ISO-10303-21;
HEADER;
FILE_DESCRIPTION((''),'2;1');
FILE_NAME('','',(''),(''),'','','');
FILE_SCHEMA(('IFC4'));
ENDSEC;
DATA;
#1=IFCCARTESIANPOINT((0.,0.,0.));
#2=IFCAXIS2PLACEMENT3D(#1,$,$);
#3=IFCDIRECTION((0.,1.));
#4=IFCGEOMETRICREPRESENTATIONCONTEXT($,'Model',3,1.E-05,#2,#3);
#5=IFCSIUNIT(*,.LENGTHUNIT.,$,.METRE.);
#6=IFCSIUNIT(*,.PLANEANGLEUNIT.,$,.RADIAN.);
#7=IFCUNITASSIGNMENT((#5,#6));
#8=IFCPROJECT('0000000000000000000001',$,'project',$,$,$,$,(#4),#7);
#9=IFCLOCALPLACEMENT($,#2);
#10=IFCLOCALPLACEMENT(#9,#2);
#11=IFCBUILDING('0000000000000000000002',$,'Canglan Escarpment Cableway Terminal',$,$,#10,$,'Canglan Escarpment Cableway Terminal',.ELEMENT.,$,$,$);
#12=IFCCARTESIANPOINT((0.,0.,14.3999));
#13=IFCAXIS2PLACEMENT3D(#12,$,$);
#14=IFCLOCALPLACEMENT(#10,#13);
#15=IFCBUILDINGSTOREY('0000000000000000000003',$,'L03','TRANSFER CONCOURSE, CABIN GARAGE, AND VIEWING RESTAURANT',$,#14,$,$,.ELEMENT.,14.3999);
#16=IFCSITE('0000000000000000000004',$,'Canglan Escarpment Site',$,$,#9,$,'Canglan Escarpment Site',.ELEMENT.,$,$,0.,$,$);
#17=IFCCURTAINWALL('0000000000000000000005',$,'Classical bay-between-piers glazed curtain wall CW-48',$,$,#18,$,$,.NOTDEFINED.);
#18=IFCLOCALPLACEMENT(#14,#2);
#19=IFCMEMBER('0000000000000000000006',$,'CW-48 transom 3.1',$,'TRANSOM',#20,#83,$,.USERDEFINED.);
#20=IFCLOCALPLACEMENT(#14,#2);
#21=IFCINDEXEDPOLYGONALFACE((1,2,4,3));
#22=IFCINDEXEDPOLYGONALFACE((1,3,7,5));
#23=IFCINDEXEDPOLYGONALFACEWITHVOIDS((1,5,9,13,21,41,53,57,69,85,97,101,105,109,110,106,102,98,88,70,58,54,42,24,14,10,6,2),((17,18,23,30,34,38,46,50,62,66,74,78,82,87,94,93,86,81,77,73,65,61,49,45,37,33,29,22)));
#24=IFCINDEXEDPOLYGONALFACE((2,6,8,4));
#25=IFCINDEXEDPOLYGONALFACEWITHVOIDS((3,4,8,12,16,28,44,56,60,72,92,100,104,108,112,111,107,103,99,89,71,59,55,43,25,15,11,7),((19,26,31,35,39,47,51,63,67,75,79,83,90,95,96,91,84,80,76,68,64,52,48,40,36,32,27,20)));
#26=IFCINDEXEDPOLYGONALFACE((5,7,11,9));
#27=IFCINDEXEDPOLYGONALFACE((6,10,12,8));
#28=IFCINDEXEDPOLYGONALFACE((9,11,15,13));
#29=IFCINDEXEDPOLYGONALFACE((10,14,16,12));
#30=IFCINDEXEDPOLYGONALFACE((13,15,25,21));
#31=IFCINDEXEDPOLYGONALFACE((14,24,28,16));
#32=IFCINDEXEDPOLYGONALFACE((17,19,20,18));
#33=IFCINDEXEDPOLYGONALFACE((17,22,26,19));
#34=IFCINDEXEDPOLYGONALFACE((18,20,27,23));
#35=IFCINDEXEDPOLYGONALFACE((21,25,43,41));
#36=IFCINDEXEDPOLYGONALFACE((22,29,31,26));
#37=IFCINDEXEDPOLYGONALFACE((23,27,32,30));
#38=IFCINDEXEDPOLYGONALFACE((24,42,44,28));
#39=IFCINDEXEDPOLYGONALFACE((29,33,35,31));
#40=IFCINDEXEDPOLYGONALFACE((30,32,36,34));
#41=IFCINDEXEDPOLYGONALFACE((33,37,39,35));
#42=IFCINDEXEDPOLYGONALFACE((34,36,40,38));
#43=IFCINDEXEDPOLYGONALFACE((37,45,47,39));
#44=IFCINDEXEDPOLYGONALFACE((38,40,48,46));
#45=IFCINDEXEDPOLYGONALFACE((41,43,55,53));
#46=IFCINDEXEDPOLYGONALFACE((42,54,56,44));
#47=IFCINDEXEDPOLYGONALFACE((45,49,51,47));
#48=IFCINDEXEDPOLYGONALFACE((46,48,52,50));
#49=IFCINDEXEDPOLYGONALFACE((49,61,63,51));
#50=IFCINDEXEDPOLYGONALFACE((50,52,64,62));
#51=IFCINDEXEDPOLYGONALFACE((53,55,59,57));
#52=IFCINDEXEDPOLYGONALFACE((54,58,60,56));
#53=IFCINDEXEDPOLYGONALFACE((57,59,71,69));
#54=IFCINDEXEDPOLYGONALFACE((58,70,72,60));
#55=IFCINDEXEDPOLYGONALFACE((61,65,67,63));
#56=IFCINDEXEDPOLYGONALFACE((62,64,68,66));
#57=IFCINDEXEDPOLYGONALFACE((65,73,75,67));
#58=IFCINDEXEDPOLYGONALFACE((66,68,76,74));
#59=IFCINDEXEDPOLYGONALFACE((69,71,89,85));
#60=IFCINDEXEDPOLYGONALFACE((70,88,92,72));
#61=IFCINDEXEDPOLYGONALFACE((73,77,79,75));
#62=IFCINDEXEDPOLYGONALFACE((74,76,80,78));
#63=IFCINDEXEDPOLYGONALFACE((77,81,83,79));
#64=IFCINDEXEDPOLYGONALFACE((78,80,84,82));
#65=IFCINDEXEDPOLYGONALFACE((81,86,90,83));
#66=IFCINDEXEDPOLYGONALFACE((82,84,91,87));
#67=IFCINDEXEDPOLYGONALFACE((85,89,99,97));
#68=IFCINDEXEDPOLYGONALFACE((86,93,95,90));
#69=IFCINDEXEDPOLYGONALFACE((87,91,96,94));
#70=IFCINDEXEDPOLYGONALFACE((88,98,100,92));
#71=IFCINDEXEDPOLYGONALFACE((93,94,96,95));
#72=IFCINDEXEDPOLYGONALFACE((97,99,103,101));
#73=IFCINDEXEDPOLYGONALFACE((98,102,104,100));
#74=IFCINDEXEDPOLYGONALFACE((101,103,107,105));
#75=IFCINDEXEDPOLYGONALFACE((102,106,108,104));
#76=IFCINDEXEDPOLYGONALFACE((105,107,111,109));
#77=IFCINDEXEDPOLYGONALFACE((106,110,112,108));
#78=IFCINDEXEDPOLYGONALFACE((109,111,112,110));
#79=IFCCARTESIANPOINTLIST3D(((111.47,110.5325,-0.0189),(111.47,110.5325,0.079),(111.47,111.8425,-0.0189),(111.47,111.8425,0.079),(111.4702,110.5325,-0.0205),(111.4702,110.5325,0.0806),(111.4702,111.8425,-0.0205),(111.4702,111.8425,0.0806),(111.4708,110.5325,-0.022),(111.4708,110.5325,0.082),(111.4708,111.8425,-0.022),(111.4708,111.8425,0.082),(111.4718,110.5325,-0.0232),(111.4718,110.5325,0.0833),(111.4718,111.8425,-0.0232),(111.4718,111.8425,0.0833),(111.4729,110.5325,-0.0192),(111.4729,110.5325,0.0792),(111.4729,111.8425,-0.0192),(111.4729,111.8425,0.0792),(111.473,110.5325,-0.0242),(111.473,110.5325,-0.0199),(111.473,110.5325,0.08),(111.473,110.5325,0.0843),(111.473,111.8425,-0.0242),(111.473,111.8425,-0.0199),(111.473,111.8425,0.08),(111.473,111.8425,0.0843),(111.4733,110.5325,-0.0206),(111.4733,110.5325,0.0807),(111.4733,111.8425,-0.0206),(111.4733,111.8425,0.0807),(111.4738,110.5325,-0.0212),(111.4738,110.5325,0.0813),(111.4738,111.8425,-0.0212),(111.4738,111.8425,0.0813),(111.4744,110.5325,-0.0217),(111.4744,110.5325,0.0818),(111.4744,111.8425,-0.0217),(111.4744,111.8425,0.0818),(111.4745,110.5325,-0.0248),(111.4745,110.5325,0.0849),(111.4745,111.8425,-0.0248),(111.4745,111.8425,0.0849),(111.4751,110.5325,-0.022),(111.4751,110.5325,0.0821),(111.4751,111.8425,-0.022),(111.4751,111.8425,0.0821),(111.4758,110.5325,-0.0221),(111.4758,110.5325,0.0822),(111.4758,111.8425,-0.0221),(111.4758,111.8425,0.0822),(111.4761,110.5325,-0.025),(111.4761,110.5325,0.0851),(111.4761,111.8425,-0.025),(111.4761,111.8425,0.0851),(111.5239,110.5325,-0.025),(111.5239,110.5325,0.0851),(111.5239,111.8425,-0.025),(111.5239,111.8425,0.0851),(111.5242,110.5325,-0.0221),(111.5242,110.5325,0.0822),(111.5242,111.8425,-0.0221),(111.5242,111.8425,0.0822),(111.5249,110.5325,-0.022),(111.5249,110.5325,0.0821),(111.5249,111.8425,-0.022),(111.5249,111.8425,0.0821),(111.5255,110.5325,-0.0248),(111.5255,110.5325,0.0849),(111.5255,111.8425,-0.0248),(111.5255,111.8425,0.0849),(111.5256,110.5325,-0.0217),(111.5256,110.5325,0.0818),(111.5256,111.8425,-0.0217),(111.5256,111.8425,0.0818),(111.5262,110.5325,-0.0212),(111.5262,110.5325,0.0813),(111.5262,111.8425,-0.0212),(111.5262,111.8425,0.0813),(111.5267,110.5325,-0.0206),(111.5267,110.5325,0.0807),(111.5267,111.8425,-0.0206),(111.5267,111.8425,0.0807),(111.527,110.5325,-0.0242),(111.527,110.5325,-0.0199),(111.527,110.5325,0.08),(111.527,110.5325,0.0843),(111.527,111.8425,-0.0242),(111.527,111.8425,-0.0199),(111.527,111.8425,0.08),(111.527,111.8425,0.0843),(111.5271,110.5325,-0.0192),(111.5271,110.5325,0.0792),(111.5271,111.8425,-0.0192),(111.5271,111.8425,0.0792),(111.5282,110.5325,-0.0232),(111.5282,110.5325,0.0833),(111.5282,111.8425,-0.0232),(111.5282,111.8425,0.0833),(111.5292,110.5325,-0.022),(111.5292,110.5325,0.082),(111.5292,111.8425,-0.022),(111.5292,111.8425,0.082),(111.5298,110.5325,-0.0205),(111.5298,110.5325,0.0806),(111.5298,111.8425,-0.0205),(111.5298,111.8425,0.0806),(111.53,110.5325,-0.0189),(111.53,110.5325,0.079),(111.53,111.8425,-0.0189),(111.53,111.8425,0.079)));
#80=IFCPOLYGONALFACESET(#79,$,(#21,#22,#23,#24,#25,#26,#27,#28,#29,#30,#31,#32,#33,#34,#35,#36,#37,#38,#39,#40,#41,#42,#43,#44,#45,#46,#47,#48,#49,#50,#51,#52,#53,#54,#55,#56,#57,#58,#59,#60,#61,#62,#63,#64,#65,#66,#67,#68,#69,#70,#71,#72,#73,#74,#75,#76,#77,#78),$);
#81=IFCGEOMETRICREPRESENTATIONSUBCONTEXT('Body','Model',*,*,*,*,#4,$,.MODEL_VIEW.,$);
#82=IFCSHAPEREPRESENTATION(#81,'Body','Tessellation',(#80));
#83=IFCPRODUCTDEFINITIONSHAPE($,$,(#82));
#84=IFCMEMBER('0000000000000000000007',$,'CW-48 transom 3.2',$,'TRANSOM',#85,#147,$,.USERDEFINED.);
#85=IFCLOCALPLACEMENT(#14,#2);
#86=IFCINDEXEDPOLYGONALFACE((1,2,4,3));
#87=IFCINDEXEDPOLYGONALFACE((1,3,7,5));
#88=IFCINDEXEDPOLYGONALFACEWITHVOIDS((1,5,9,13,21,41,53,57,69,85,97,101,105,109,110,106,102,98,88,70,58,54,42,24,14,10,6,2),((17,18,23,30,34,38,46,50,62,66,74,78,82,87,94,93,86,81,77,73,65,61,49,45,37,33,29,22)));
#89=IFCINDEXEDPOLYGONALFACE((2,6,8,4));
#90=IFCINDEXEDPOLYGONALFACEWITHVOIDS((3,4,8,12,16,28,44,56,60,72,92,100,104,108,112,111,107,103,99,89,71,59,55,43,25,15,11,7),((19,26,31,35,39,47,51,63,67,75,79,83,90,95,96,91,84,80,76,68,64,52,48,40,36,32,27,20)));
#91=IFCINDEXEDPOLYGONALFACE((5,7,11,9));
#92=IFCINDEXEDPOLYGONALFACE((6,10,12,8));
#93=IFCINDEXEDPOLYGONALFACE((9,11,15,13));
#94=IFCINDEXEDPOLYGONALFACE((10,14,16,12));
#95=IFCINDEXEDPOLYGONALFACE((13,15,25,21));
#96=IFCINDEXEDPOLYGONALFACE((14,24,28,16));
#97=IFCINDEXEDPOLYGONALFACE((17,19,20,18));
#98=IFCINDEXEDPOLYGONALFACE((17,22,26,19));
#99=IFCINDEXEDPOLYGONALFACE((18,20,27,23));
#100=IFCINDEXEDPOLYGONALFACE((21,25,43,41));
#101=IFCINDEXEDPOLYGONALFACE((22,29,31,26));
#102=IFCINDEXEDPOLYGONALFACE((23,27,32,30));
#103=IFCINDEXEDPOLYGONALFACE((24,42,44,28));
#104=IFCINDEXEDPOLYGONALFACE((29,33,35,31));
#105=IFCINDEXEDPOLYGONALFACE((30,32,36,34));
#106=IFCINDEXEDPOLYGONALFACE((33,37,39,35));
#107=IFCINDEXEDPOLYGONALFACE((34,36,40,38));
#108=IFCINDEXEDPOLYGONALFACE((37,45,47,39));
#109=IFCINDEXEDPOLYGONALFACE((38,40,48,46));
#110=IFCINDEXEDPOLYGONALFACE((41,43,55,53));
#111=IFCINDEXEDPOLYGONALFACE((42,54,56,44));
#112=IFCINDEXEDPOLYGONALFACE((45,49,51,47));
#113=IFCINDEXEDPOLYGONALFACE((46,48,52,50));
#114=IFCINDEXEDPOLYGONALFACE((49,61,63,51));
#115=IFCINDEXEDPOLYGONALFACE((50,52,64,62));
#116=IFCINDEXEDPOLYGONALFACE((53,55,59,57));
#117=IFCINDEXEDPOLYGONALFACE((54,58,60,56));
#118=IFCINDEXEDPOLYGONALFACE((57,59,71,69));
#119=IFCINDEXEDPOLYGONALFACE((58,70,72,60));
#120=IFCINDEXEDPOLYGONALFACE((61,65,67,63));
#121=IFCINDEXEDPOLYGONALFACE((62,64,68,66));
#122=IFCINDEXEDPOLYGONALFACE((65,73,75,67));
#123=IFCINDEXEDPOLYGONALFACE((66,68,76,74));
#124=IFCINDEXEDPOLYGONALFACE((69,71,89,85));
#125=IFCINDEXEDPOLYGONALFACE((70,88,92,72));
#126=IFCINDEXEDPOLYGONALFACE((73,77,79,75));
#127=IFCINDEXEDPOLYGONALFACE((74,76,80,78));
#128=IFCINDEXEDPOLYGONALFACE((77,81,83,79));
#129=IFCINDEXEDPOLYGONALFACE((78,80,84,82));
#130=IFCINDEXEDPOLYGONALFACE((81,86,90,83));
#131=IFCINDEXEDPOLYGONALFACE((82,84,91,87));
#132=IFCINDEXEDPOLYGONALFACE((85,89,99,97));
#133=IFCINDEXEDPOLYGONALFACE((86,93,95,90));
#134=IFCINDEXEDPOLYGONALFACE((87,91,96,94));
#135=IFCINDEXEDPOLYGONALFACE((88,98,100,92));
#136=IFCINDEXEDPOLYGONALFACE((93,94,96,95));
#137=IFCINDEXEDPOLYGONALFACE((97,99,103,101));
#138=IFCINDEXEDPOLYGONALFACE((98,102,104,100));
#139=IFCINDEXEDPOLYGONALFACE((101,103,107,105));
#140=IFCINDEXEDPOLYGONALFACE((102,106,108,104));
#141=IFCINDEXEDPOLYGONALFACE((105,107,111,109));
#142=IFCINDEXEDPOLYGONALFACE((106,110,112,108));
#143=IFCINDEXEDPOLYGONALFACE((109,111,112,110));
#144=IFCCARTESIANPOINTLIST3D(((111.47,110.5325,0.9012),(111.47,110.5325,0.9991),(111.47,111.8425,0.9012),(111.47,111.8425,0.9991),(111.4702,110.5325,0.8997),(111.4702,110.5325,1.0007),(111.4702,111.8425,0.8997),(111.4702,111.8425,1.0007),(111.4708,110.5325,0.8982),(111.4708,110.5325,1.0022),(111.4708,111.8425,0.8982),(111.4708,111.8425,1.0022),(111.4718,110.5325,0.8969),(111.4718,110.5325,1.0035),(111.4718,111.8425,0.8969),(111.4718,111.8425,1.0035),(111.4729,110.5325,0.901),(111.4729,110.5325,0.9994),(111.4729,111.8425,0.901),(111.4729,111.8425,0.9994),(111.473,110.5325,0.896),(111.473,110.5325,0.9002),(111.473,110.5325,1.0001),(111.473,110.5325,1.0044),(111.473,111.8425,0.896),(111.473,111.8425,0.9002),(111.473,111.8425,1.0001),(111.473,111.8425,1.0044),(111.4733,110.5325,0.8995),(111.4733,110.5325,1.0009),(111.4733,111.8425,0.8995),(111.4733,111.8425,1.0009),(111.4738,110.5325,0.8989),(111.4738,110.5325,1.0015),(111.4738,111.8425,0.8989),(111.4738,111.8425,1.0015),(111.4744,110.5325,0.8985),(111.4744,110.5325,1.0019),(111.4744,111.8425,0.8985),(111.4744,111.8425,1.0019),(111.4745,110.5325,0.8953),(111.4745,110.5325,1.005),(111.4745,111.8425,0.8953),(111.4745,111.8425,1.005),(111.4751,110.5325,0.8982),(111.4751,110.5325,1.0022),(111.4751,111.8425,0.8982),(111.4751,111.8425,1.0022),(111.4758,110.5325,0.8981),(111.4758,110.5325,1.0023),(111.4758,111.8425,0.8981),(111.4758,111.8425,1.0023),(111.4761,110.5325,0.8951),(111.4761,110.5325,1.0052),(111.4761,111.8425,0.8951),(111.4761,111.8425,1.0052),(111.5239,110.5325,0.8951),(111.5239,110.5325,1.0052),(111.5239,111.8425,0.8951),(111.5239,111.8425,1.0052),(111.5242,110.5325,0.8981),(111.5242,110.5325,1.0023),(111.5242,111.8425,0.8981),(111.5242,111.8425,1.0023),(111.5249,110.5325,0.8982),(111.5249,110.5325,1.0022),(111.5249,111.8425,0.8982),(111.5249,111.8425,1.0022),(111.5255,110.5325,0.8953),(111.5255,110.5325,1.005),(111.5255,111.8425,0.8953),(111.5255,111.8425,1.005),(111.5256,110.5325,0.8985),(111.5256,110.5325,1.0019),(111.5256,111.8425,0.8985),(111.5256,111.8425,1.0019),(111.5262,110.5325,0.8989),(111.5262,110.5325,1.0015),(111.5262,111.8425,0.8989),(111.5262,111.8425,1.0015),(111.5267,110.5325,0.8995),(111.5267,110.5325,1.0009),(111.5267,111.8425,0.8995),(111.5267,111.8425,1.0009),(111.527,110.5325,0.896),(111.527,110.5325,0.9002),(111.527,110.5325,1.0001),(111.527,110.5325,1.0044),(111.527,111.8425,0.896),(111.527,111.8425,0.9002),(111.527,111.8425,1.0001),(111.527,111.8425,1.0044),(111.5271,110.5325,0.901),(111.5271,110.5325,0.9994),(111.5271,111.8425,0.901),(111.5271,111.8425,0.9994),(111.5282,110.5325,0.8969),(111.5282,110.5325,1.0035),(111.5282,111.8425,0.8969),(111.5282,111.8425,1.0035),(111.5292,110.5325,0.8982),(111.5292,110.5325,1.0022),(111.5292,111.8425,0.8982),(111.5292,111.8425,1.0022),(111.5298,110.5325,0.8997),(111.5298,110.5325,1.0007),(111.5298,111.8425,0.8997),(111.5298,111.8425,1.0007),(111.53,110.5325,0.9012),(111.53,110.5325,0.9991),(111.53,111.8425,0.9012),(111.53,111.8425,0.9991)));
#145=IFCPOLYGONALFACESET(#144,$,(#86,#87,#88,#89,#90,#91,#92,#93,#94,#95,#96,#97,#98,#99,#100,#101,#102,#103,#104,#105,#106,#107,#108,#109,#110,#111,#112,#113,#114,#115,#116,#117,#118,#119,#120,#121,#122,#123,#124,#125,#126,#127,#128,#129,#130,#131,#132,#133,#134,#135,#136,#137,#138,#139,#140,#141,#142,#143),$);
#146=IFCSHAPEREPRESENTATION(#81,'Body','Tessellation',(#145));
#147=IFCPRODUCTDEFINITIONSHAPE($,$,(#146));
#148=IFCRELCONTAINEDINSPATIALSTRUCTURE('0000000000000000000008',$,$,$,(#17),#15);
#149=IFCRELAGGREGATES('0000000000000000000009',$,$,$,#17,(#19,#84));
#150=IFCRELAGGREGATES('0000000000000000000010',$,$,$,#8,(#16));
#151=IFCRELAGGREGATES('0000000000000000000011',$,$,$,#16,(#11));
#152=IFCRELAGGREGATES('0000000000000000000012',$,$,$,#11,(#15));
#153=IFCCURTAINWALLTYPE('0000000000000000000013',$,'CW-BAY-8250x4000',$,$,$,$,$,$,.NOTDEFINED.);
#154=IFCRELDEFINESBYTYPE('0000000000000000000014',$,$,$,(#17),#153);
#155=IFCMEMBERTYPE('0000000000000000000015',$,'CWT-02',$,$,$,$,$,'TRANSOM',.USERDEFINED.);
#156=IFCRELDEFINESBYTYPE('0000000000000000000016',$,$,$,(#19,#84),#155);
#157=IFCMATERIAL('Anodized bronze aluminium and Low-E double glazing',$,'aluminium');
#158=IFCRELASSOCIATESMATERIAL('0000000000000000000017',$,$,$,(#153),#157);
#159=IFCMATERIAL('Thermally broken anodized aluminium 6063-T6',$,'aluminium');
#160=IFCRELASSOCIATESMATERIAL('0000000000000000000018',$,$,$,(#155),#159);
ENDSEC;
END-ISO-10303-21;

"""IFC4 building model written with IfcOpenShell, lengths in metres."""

from ifc_helpers import new_model, si_unit, direction, frame, origin, origin_2d, place, context, subcontext, project, spatial, hollow_rectangle, extrude, material, material_profile, profile_set, type_object, element, aggregate, save


model = new_model("IFC4")

# Units and contexts
model_context = context("Model", 3, precision=1e-05, world=origin(), true_north=direction((0.0, 1.0)))
body_context = subcontext(model_context, "Body", "Model", "MODEL_VIEW")
ifc_project = project(units=[si_unit("LENGTHUNIT", "METRE"), si_unit("PLANEANGLEUNIT", "RADIAN")], contexts=[model_context])

# Site, building, storey
site_placement = place(None, origin())
site = spatial("IfcSite", under=ifc_project, at=site_placement, Name="Canglan Escarpment Site", LongName="Canglan Escarpment Site", CompositionType="ELEMENT", RefElevation=0.0)
building_placement = place(site_placement, origin())
building = spatial("IfcBuilding", under=site, at=building_placement, Name="Canglan Escarpment Cableway Terminal", LongName="Canglan Escarpment Cableway Terminal", CompositionType="ELEMENT")
storey_placement = place(building_placement, frame((0.0, 0.0, 14.3999)))
storey = spatial("IfcBuildingStorey", under=building, at=storey_placement, Name="L03", Description="TRANSFER CONCOURSE, CABIN GARAGE, AND VIEWING RESTAURANT", CompositionType="ELEMENT", Elevation=14.3999)

# Curtain wall, members
ifc_material_1 = material(Name="Anodized bronze aluminium and Low-E double glazing", Category="aluminium")
curtain_wall_type = type_object("IfcCurtainWallType", Name="CW-BAY-8250x4000", PredefinedType="NOTDEFINED", material=ifc_material_1)
curtain_wall_placement = place(storey_placement, origin())
curtain_wall = element("IfcCurtainWall", 1, at=curtain_wall_placement, inside=storey, type_object=curtain_wall_type, Name="Classical bay-between-piers glazed curtain wall CW-48", PredefinedType="NOTDEFINED")
ifc_material_2 = material(Name="Thermally broken anodized aluminium 6063-T6", Category="aluminium")
ifc_material_profile_1 = material_profile(ifc_material_2, hollow_rectangle(XDim=0.0601, YDim=0.1101, WallThickness=0.0029, InnerFilletRadius=0.0029, OuterFilletRadius=0.0061, at=origin_2d()), Name="ALU-TRAN 60x110x3")
ifc_profile_set_1 = profile_set([ifc_material_profile_1], Name="Thermally broken anodized aluminium 6063-T6")
member_type_1 = type_object("IfcMemberType", Name="CWT-02", ElementType="TRANSOM", PredefinedType="USERDEFINED", material=ifc_profile_set_1)
member_1_placement = place(storey_placement, frame((111.5, 111.8425, 0.03), z_axis=(0.0, -1.0, 0.0), x_axis=(1.0, 0.0, 0.0)))
member_1 = element("IfcMember", 2, at=member_1_placement, type_object=member_type_1, Name="CW-48 transom 3.1", ObjectType="TRANSOM", PredefinedType="USERDEFINED", context=body_context, shape_type="SweptSolid", body=[
    extrude(hollow_rectangle(XDim=0.0601, YDim=0.1101, WallThickness=0.0029, InnerFilletRadius=0.0029, OuterFilletRadius=0.0061, at=origin_2d()), origin(), (0.0, 0.0, 1.0), 1.3101),
])
member_2_placement = place(storey_placement, frame((111.5, 111.8425, 0.9502), z_axis=(0.0, -1.0, 0.0), x_axis=(1.0, 0.0, 0.0)))
member_2 = element("IfcMember", 3, at=member_2_placement, type_object=member_type_1, Name="CW-48 transom 3.2", ObjectType="TRANSOM", PredefinedType="USERDEFINED", context=body_context, shape_type="SweptSolid", body=[
    extrude(hollow_rectangle(XDim=0.0601, YDim=0.1101, WallThickness=0.0029, InnerFilletRadius=0.0029, OuterFilletRadius=0.0061, at=origin_2d()), origin(), (0.0, 0.0, 1.0), 1.3101),
])
aggregate(curtain_wall, [member_1, member_2])

save(model, "model.ifc")
